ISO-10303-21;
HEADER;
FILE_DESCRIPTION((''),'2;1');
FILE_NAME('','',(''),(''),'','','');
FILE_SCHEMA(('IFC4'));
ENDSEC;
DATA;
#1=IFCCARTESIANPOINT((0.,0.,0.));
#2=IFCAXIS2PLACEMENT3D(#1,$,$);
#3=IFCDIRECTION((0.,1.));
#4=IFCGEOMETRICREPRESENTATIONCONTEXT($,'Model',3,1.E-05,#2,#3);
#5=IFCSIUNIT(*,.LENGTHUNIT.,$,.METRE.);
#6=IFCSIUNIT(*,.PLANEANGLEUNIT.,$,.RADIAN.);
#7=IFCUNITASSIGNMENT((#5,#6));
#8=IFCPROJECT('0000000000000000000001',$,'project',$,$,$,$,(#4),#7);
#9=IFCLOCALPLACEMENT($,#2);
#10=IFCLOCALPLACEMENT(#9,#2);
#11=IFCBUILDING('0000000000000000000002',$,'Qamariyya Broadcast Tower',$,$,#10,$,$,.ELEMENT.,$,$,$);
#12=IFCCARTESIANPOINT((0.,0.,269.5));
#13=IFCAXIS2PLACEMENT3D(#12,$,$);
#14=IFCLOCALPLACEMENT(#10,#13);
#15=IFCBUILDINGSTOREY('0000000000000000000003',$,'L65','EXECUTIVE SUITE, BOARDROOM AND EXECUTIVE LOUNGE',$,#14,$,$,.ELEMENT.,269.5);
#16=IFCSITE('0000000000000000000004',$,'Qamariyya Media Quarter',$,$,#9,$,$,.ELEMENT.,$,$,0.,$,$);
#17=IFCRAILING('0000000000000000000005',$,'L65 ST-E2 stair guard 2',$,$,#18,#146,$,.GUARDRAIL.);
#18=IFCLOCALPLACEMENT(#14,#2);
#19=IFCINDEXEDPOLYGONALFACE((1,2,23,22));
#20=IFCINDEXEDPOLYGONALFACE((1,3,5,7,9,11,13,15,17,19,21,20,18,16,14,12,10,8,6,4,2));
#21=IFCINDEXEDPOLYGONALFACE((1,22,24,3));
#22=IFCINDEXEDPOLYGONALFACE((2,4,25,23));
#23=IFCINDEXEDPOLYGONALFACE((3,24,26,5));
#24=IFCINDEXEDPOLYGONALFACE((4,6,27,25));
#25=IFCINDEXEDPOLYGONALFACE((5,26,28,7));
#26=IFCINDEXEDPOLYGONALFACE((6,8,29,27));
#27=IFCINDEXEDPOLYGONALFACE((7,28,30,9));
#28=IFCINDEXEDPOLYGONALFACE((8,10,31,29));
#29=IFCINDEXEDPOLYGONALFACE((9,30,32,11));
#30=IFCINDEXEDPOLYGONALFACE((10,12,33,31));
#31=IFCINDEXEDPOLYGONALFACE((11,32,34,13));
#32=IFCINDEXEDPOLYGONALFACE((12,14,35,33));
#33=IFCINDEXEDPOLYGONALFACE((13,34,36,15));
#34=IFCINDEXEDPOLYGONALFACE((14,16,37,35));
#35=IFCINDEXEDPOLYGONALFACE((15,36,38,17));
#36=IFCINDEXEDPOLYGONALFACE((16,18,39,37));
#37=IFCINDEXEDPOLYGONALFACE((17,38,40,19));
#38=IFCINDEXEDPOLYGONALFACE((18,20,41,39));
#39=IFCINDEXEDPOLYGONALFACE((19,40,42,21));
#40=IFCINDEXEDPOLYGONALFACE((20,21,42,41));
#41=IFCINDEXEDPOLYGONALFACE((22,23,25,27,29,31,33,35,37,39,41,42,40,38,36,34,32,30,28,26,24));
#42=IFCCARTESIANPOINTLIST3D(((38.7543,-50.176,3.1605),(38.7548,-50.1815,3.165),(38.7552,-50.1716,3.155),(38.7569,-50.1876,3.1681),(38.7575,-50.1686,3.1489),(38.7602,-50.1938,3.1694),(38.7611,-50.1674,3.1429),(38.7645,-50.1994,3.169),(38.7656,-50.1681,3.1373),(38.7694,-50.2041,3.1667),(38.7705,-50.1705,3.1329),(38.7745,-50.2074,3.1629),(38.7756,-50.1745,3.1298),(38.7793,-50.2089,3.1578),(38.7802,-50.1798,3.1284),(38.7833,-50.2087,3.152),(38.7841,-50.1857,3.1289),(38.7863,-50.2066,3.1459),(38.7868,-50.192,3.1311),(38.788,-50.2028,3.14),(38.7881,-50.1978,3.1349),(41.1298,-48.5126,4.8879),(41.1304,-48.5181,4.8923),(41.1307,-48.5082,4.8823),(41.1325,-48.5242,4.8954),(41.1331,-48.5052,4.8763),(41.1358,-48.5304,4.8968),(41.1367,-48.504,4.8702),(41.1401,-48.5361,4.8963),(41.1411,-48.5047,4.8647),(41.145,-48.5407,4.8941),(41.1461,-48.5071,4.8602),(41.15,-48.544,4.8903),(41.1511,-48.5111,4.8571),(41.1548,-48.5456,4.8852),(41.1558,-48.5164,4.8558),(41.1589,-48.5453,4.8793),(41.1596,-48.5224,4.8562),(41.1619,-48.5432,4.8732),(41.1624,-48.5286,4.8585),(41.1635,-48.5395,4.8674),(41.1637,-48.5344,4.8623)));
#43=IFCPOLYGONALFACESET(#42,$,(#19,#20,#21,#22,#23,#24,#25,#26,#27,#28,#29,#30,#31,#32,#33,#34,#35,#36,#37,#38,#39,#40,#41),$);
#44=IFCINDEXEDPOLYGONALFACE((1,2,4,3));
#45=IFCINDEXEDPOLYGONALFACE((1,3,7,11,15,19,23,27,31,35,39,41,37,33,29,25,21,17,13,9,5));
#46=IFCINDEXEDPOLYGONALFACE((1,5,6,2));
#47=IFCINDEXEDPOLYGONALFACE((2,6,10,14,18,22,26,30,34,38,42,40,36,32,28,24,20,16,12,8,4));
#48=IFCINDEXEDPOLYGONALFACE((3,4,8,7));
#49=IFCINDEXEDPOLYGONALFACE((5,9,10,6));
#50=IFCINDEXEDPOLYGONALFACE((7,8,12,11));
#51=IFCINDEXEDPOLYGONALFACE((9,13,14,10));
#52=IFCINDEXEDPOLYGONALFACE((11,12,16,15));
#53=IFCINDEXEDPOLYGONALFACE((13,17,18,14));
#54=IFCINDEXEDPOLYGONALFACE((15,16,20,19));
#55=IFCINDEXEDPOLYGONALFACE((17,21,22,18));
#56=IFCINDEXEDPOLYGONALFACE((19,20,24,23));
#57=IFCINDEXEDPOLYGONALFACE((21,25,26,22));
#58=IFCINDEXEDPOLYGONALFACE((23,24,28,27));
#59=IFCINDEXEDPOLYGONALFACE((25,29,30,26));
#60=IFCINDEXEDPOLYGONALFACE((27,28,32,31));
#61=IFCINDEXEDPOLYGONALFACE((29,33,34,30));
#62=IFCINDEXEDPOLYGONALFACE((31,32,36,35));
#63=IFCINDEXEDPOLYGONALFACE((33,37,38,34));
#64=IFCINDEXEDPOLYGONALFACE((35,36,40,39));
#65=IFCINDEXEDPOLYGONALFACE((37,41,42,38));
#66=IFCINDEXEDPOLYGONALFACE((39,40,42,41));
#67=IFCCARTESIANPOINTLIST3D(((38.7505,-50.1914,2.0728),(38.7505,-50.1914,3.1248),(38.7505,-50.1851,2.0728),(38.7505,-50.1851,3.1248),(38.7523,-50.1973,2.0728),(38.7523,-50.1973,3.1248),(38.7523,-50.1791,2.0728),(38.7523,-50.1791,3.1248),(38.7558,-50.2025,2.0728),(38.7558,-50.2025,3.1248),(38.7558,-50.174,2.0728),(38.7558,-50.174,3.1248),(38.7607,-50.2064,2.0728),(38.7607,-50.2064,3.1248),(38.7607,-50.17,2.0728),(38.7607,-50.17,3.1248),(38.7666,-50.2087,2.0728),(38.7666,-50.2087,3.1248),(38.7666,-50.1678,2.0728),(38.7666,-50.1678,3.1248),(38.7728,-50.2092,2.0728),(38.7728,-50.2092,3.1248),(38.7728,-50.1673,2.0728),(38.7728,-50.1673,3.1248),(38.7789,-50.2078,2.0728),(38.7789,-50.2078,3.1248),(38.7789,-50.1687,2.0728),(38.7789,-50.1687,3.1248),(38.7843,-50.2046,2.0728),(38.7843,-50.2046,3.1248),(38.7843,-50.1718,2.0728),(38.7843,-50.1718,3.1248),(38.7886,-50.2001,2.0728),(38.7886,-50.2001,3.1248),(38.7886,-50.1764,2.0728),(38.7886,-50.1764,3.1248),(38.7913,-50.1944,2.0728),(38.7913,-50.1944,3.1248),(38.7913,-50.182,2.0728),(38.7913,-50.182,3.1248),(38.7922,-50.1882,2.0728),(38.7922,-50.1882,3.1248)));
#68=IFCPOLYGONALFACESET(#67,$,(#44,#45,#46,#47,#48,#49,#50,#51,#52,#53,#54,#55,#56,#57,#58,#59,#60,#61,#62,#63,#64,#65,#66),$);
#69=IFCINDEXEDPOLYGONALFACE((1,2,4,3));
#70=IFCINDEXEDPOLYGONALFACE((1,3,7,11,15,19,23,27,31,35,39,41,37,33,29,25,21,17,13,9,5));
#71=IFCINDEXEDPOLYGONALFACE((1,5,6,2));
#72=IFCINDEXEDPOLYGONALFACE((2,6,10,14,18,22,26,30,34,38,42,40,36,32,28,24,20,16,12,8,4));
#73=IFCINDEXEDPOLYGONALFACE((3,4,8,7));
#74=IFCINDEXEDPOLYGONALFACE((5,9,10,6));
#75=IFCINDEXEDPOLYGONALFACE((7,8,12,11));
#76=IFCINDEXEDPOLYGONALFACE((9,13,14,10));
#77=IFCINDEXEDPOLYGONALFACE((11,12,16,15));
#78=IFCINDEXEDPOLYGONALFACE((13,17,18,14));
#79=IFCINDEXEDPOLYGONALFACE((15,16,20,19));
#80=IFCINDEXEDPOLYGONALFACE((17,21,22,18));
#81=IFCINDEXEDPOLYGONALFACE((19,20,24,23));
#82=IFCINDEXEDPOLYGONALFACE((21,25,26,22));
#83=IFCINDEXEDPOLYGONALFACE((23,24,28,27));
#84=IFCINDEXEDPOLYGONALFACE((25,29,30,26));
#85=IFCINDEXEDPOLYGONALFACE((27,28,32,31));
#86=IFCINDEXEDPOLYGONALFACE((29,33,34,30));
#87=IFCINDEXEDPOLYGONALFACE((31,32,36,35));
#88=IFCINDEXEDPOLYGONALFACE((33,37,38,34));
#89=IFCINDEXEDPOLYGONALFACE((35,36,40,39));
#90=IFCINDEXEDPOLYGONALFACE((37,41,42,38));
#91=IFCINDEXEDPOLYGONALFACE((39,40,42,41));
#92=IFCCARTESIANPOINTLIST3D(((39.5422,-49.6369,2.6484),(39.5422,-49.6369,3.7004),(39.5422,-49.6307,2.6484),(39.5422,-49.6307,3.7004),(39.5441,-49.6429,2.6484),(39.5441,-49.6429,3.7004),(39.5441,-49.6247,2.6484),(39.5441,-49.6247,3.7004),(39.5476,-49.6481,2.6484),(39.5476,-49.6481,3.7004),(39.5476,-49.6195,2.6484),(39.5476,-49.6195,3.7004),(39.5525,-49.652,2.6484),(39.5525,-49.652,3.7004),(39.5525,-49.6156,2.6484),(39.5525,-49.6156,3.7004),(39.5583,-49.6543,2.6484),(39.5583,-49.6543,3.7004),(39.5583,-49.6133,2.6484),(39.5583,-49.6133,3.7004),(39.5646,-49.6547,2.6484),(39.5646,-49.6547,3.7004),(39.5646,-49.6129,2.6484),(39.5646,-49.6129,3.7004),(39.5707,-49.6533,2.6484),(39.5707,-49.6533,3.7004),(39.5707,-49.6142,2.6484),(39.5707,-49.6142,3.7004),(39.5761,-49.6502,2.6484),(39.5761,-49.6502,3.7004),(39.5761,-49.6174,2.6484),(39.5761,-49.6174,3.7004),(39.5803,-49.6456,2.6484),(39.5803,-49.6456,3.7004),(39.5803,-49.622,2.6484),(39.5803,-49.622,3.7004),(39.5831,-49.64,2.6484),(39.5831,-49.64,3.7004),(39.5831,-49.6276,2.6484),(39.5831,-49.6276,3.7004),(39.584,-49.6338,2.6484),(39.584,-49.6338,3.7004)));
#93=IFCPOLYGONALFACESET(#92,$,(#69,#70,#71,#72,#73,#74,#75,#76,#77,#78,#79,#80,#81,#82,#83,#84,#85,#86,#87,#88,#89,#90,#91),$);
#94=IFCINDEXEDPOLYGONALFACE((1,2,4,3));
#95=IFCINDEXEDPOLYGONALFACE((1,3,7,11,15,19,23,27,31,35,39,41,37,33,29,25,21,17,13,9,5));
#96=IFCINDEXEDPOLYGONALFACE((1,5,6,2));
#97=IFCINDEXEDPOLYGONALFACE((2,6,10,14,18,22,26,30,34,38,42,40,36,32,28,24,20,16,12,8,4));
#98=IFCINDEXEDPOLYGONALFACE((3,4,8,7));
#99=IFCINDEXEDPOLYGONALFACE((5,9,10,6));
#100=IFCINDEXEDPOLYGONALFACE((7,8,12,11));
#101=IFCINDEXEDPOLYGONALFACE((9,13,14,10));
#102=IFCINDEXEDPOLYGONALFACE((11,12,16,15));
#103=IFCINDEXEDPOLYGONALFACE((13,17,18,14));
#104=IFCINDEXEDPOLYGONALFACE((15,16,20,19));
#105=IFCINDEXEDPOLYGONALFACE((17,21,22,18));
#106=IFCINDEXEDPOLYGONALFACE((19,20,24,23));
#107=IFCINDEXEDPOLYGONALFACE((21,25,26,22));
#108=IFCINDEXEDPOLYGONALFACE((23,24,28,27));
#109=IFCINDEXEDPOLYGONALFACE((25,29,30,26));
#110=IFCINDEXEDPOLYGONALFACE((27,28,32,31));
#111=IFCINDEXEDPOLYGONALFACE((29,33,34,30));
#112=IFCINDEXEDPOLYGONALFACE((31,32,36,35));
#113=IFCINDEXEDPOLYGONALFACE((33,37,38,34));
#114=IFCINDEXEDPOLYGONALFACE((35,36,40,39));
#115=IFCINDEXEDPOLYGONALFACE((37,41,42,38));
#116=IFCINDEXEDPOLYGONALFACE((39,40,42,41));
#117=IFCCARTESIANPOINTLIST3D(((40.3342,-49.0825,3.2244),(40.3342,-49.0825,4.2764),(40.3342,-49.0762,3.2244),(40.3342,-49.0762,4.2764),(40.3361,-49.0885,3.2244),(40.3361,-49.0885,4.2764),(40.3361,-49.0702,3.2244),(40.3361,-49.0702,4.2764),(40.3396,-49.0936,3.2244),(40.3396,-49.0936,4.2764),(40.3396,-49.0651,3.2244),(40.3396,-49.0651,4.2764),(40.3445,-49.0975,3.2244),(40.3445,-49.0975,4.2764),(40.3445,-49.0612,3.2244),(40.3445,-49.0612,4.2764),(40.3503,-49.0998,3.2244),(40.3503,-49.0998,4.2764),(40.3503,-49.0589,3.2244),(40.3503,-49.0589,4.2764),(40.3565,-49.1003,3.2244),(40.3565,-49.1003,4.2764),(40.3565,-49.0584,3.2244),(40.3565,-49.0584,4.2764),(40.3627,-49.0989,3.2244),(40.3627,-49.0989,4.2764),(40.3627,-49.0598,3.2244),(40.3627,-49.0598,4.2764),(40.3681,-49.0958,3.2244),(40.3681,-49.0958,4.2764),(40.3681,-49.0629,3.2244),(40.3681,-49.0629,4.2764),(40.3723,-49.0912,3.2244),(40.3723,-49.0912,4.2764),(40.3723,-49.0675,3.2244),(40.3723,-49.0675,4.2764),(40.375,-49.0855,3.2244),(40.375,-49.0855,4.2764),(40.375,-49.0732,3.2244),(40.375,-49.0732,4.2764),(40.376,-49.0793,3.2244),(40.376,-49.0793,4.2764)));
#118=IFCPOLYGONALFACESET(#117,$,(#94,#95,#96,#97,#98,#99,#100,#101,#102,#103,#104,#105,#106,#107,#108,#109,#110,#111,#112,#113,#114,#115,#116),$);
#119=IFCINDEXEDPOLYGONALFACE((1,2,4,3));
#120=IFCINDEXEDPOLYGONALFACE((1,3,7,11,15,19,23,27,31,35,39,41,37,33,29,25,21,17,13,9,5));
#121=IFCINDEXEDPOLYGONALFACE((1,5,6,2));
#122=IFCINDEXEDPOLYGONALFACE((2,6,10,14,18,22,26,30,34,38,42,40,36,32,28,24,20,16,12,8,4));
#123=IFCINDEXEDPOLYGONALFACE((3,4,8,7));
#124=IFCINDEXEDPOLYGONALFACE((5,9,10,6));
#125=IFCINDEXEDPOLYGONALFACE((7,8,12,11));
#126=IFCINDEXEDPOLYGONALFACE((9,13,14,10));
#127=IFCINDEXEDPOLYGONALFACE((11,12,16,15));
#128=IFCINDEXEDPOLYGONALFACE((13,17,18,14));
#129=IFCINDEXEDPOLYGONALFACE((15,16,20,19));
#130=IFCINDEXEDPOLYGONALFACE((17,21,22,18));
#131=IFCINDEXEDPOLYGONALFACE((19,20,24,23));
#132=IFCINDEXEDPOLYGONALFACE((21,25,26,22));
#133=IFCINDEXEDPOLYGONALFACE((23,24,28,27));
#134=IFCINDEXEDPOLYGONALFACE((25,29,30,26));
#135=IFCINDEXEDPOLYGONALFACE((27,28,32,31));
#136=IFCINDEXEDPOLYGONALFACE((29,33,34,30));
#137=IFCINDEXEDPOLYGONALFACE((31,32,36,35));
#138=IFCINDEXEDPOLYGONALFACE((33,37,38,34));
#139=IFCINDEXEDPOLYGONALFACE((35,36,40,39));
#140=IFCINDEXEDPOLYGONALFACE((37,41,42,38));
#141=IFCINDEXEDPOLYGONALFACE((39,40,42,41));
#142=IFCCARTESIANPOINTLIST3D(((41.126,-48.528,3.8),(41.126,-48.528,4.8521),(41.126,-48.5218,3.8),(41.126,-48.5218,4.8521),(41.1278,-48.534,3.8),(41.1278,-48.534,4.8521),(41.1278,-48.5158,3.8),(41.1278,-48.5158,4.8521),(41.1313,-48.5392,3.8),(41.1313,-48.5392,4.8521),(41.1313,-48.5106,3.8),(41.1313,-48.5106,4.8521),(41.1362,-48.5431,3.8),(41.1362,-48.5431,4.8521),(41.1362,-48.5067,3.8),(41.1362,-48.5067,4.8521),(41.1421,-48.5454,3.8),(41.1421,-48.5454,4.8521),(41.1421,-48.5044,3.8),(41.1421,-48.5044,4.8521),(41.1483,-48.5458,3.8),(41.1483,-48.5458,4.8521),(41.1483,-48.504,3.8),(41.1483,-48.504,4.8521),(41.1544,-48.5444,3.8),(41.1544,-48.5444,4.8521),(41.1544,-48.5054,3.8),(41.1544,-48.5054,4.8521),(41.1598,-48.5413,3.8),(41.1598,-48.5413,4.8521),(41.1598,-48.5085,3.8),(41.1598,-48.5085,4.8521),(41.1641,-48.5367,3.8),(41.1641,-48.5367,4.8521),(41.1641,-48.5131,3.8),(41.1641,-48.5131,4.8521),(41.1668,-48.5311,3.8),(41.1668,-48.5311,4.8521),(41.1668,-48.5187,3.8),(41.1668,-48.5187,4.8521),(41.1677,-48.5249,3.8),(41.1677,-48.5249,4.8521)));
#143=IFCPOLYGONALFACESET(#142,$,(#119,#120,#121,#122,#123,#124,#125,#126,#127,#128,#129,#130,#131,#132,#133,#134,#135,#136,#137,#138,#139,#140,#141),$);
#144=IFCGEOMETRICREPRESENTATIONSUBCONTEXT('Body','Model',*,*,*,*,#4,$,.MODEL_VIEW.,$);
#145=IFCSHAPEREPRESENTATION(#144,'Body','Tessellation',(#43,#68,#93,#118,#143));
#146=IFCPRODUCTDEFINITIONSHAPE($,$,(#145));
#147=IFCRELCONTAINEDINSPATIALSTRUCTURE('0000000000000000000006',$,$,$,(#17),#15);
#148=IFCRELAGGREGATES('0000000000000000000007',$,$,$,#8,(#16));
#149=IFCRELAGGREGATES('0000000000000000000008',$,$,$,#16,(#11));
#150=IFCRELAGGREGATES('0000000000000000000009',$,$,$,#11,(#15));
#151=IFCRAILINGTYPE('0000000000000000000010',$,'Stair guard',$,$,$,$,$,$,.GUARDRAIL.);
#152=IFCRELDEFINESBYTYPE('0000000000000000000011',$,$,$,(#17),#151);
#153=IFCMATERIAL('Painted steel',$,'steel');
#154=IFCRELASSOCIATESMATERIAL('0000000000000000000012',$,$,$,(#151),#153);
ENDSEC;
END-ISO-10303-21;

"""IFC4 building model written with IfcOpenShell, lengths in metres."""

from ifc_helpers import new_model, si_unit, direction, frame, origin, origin_2d, place, context, subcontext, project, spatial, circle, extrude, material, type_object, element, save


model = new_model("IFC4")

# Units and contexts
model_context = context("Model", 3, precision=1e-05, world=origin(), true_north=direction((0.0, 1.0)))
body_context = subcontext(model_context, "Body", "Model", "MODEL_VIEW")
ifc_project = project(units=[si_unit("LENGTHUNIT", "METRE"), si_unit("PLANEANGLEUNIT", "RADIAN")], contexts=[model_context])

# Site, building, storey
site_placement = place(None, origin())
site = spatial("IfcSite", under=ifc_project, at=site_placement, Name="Qamariyya Media Quarter", CompositionType="ELEMENT", RefElevation=0.0)
building_placement = place(site_placement, origin())
building = spatial("IfcBuilding", under=site, at=building_placement, Name="Qamariyya Broadcast Tower", CompositionType="ELEMENT")
storey_placement = place(building_placement, frame((0.0, 0.0, 269.5)))
storey = spatial("IfcBuildingStorey", under=building, at=storey_placement, Name="L65", Description="EXECUTIVE SUITE, BOARDROOM AND EXECUTIVE LOUNGE", CompositionType="ELEMENT", Elevation=269.5)

# Railing
ifc_material_1 = material(Name="Painted steel", Category="steel")
railing_type_1 = type_object("IfcRailingType", Name="Stair guard", PredefinedType="GUARDRAIL", material=ifc_material_1)
railing_1_placement = place(storey_placement, frame((38.7712, -50.1882, 2.0728)))
element("IfcRailing", 1, at=railing_1_placement, inside=storey, type_object=railing_type_1, Name="L65 ST-E2 stair guard 2", PredefinedType="GUARDRAIL", context=body_context, shape_type="SweptSolid", body=[
    extrude(circle(Radius=0.0239, at=origin_2d()), frame((0.0, 0.0, 1.0762), z_axis=(0.70377, 0.492784, 0.511734), x_axis=(-0.573575, 0.819153, 0.0)), (0.0, 0.0, 1.0), 3.3755),
    extrude(circle(Radius=0.021, at=origin_2d()), origin(), (0.0, 0.0, 1.0), 1.052),
    extrude(circle(Radius=0.021, at=origin_2d()), frame((0.7917, 0.5544, 0.5757)), (0.0, 0.0, 1.0), 1.052),
    extrude(circle(Radius=0.021, at=origin_2d()), frame((1.5837, 1.1089, 1.1516)), (0.0, 0.0, 1.0), 1.052),
    extrude(circle(Radius=0.021, at=origin_2d()), frame((2.3755, 1.6633, 1.7273)), (0.0, 0.0, 1.0), 1.052),
])

save(model, "model.ifc")
